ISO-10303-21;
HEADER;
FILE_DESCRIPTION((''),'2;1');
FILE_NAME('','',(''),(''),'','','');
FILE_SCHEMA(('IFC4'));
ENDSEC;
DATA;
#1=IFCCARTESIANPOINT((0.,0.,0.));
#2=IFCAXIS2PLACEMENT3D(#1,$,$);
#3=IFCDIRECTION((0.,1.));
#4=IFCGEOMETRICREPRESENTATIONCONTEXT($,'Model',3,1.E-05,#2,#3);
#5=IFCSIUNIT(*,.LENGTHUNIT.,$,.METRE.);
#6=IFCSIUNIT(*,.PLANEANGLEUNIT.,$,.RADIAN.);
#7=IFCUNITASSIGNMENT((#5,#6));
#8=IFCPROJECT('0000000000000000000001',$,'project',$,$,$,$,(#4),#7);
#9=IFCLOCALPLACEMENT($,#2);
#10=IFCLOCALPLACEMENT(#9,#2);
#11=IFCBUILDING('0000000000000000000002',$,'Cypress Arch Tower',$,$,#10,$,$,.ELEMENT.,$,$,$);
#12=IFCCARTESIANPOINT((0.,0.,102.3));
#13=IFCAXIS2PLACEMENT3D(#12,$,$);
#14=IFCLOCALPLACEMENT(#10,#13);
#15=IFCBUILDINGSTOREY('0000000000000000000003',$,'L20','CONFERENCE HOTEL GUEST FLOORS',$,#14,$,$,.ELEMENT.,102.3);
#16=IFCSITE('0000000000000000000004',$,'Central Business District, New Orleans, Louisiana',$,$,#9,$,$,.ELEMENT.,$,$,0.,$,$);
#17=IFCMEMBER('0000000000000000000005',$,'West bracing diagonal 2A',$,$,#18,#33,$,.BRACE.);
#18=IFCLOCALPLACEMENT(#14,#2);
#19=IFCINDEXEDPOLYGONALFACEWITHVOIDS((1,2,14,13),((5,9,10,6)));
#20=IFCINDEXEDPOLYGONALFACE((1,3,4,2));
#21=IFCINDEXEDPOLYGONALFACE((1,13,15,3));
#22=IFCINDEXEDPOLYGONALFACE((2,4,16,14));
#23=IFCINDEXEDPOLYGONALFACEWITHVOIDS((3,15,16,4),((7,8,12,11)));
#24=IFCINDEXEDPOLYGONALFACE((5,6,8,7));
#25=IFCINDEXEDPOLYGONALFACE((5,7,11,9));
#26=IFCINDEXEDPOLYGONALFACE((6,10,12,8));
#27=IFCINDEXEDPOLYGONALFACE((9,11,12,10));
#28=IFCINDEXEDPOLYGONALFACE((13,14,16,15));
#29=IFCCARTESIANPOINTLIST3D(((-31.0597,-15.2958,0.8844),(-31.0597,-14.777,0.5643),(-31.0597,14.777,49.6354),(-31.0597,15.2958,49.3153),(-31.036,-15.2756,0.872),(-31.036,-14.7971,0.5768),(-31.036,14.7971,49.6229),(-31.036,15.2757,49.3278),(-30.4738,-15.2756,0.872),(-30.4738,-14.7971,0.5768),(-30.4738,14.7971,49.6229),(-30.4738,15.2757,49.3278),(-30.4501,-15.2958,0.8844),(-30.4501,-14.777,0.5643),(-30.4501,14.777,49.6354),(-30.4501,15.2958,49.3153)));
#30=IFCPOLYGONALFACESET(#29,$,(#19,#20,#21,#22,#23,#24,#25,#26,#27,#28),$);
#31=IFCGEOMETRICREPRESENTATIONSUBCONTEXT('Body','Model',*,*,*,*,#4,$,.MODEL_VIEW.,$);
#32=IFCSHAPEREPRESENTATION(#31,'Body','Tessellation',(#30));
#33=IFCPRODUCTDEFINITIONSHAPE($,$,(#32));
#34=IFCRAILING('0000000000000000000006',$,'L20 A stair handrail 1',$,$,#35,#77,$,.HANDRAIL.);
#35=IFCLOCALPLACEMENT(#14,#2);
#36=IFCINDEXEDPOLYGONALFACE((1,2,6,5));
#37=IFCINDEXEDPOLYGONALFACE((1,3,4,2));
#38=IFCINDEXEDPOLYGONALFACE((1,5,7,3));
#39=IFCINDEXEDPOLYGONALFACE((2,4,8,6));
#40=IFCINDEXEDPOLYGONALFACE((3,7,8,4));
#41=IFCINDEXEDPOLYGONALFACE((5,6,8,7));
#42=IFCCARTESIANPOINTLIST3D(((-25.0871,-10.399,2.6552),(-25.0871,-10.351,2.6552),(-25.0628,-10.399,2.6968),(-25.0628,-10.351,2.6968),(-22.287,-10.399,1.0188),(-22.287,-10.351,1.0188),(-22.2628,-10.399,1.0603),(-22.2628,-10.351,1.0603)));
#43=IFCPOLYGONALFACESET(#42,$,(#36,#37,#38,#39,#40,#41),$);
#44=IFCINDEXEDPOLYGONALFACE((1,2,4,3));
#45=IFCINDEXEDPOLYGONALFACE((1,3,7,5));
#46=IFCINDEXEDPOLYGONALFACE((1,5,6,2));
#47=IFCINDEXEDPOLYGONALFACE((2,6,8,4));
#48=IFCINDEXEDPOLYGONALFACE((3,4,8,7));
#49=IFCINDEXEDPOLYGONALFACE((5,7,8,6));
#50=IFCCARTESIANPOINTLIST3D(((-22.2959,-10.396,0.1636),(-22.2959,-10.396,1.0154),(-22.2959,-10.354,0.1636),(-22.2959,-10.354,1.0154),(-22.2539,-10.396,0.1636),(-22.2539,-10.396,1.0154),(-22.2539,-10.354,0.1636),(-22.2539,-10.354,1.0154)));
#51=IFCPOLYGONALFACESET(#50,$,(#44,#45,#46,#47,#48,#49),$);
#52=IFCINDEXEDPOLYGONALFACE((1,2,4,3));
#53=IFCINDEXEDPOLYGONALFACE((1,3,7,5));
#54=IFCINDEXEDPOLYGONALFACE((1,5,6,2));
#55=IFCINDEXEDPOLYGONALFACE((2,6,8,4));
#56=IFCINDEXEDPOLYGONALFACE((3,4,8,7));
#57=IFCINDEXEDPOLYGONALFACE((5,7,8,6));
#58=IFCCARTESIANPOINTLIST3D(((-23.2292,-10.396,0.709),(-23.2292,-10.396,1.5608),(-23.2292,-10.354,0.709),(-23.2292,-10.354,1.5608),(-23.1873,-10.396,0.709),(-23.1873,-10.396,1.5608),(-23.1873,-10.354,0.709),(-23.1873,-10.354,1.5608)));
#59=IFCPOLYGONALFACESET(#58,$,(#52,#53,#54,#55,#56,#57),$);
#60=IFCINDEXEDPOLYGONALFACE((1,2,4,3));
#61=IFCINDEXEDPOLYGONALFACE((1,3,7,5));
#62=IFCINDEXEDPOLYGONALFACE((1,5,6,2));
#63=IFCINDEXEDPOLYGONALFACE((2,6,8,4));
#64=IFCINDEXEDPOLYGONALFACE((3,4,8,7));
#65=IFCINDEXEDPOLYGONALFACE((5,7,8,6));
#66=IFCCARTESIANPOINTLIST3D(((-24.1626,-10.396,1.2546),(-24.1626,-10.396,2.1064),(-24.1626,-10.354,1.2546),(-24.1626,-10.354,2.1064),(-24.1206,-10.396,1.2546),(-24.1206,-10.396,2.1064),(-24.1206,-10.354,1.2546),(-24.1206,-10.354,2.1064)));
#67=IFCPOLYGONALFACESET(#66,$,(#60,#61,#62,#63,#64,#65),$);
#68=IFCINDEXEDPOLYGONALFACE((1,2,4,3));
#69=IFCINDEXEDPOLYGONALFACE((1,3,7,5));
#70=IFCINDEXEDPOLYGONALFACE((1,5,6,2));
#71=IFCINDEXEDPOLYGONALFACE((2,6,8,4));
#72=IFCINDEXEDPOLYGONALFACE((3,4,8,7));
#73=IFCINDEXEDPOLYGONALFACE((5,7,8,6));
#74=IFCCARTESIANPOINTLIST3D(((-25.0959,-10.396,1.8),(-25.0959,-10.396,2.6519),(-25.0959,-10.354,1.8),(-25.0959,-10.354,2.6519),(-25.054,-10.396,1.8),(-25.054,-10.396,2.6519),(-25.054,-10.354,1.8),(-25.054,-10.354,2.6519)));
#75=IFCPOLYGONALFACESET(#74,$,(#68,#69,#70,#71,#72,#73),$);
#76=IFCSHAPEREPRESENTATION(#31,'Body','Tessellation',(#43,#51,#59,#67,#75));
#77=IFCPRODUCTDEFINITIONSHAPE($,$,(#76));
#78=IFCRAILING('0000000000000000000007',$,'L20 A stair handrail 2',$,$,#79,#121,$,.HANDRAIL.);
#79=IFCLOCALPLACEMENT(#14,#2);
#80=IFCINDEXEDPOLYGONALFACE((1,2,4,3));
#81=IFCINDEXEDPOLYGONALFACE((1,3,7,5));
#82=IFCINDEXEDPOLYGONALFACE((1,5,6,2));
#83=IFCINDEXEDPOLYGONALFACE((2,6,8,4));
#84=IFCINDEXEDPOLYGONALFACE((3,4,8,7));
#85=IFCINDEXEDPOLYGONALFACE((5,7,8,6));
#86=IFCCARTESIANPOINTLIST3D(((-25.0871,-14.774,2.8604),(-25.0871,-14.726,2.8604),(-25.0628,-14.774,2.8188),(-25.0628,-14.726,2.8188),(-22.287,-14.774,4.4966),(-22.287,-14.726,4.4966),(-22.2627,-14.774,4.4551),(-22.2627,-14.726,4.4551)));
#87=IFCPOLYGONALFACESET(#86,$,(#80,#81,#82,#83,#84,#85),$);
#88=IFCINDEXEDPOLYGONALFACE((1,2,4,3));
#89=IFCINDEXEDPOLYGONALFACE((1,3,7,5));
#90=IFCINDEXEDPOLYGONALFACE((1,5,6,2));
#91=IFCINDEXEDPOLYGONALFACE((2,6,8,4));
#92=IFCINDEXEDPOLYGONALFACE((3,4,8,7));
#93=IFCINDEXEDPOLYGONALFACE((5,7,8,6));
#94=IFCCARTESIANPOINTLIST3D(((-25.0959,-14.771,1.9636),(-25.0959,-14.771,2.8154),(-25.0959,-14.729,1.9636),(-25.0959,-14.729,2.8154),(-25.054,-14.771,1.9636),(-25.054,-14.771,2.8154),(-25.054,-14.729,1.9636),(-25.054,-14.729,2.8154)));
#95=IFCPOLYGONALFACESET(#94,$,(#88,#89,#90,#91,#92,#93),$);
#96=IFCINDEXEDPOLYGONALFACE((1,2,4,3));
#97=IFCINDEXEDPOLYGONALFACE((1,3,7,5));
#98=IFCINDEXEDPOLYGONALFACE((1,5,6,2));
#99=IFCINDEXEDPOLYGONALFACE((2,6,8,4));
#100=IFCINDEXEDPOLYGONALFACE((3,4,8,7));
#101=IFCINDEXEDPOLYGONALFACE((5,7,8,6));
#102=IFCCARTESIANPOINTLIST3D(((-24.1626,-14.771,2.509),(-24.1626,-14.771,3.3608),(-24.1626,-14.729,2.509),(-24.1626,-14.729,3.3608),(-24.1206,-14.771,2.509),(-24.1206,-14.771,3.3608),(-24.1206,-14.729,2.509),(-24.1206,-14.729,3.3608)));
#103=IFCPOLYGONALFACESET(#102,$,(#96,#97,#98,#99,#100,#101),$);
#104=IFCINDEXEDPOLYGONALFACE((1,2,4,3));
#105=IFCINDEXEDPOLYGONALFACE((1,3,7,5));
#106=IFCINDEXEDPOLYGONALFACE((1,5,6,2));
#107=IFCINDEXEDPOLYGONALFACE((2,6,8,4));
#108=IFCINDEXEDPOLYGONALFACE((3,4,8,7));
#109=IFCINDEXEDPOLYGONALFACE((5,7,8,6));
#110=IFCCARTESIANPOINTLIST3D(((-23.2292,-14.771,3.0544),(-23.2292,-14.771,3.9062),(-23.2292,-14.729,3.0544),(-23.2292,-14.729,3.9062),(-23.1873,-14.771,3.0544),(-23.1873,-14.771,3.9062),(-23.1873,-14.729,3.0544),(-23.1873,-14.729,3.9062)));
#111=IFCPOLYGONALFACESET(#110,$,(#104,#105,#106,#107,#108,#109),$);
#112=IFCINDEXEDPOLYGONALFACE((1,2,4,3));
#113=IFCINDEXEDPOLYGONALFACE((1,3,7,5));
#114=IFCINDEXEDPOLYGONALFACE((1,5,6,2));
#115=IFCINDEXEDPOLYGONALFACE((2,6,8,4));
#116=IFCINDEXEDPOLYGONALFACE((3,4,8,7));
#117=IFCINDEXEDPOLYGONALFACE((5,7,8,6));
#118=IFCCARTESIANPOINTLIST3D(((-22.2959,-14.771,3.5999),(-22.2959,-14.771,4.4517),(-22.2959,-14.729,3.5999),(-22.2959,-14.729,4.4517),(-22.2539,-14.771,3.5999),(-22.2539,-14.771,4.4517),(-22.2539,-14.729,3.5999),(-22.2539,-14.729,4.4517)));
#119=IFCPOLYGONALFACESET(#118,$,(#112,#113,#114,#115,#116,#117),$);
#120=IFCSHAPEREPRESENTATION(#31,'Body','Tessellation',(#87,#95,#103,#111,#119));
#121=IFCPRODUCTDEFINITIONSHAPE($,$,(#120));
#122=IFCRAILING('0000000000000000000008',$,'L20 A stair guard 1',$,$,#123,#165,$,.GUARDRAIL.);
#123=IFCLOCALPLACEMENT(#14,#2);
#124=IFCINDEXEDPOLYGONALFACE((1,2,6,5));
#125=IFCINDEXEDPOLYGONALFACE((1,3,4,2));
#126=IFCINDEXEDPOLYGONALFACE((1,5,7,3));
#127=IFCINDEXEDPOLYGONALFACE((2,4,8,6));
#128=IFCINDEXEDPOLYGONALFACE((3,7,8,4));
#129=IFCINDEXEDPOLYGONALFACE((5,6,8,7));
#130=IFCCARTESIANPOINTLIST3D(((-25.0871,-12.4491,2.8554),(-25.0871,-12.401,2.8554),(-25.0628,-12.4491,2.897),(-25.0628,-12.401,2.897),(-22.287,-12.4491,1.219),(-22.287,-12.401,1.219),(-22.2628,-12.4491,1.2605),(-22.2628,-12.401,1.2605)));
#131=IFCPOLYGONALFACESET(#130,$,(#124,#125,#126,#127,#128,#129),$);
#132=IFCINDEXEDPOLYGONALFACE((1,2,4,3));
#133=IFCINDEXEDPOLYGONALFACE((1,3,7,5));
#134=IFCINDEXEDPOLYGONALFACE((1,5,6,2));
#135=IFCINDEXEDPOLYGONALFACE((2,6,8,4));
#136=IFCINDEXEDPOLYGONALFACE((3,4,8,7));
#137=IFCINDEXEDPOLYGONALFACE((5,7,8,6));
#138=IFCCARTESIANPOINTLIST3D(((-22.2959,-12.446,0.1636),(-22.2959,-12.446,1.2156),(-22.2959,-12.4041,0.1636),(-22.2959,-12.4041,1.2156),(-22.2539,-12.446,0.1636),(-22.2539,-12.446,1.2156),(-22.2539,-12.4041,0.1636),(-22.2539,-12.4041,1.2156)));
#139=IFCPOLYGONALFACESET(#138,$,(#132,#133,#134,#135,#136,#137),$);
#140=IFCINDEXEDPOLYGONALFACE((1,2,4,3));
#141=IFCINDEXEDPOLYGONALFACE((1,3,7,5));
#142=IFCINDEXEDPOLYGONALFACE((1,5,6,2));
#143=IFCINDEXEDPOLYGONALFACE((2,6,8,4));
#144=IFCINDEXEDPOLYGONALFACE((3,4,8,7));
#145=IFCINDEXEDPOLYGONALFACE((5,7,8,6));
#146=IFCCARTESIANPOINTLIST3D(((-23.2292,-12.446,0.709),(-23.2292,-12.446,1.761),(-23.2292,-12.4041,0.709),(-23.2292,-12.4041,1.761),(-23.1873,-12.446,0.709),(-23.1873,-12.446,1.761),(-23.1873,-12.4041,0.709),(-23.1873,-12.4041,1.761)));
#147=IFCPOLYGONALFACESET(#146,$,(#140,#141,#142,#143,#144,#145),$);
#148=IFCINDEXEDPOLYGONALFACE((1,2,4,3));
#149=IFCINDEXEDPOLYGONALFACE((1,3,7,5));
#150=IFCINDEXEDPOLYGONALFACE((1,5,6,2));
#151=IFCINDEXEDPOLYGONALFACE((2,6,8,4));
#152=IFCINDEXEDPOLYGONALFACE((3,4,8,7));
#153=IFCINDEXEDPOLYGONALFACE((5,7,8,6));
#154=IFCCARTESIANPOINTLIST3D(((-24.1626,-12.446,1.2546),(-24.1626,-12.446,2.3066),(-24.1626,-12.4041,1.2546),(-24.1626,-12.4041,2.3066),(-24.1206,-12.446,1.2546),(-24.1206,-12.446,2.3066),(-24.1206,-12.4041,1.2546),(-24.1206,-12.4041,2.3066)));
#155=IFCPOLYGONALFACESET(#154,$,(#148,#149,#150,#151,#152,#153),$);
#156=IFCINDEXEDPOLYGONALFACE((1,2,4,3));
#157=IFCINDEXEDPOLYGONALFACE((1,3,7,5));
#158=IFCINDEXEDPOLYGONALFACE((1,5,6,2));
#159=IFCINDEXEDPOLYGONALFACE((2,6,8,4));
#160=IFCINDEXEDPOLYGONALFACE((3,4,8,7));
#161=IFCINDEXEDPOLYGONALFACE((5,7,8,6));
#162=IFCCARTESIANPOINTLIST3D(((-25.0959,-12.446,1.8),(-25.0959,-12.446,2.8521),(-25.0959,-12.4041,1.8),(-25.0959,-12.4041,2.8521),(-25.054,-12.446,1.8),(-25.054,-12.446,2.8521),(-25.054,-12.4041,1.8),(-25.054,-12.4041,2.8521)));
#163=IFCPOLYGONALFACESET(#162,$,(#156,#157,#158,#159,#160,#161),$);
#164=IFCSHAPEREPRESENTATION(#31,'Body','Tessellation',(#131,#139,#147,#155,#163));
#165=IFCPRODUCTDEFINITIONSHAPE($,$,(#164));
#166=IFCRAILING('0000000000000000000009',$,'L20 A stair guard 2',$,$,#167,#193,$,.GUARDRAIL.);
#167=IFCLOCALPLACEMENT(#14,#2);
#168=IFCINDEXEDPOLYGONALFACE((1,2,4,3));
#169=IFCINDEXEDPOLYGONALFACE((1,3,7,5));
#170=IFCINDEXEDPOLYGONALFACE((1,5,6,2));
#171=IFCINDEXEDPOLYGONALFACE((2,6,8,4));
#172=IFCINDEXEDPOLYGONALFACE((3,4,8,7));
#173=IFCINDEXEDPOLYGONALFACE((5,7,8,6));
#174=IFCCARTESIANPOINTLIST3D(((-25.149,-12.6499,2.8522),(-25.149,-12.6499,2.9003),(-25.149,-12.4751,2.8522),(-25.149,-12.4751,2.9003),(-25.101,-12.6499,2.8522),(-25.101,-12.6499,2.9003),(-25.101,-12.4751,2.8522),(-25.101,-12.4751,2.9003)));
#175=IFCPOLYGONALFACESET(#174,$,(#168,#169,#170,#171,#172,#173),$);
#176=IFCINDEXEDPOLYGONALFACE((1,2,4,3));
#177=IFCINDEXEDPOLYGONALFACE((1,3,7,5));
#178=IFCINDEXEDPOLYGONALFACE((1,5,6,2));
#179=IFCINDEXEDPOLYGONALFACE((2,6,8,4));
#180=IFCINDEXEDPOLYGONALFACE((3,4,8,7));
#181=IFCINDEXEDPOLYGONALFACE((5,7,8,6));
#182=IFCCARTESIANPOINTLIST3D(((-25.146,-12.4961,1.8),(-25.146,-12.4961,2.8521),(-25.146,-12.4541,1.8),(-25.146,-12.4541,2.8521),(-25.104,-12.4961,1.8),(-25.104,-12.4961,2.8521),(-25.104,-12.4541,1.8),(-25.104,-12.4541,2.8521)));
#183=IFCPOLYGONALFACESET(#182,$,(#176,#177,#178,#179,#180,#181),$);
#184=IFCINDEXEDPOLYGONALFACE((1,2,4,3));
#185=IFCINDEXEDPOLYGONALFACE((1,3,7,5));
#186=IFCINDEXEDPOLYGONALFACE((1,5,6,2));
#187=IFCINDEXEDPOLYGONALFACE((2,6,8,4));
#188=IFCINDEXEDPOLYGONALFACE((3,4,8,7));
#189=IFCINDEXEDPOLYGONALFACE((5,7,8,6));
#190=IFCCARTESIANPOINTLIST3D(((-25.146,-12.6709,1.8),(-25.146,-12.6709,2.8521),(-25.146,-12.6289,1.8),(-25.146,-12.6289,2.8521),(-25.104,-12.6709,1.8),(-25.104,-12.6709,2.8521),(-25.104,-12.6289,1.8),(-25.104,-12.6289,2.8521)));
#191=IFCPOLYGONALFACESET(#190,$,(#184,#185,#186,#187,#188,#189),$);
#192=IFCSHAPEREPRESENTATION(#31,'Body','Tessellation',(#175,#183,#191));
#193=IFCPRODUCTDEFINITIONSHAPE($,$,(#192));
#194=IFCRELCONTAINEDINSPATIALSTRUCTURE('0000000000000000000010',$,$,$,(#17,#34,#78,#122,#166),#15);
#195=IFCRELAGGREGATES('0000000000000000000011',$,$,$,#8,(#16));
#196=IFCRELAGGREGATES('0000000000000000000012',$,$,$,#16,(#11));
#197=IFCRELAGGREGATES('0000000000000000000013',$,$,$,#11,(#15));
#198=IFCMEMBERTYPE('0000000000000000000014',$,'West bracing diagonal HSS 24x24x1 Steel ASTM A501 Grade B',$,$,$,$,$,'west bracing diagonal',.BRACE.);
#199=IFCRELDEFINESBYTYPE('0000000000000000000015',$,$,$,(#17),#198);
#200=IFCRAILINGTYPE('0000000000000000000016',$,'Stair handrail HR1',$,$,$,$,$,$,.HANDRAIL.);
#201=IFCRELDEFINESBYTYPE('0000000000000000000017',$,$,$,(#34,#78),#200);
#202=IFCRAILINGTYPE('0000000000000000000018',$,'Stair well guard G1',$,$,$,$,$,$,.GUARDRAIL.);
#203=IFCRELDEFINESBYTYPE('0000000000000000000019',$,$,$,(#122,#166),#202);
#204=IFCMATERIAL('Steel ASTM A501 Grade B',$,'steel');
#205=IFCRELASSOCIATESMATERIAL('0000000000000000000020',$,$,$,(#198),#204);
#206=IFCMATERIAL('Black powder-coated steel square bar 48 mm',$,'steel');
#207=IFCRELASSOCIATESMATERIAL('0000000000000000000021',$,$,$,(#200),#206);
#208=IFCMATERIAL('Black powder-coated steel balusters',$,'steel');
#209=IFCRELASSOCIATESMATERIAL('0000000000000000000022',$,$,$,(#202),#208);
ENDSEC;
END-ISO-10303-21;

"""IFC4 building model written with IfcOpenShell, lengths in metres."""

from ifc_helpers import new_model, si_unit, direction, frame, origin, origin_2d, place, context, subcontext, project, spatial, rectangle, hollow_rectangle, extrude, material, material_profile, profile_set, type_object, element, save


model = new_model("IFC4")

# Units and contexts
model_context = context("Model", 3, precision=1e-05, world=origin(), true_north=direction((0.0, 1.0)))
body_context = subcontext(model_context, "Body", "Model", "MODEL_VIEW")
ifc_project = project(units=[si_unit("LENGTHUNIT", "METRE"), si_unit("PLANEANGLEUNIT", "RADIAN")], contexts=[model_context])

# Site, building, storey
site_placement = place(None, origin())
site = spatial("IfcSite", under=ifc_project, at=site_placement, Name="Central Business District, New Orleans, Louisiana", CompositionType="ELEMENT", RefElevation=0.0)
building_placement = place(site_placement, origin())
building = spatial("IfcBuilding", under=site, at=building_placement, Name="Cypress Arch Tower", CompositionType="ELEMENT")
storey_placement = place(building_placement, frame((0.0, 0.0, 102.3)))
storey = spatial("IfcBuildingStorey", under=building, at=storey_placement, Name="L20", Description="CONFERENCE HOTEL GUEST FLOORS", CompositionType="ELEMENT", Elevation=102.3)

# Member
ifc_material_1 = material(Name="Steel ASTM A501 Grade B", Category="steel")
ifc_material_profile_1 = material_profile(ifc_material_1, hollow_rectangle(XDim=0.6096, YDim=0.6096, WallThickness=0.0237, at=origin_2d()), Name="HSS 24x24x1")
ifc_profile_set_1 = profile_set([ifc_material_profile_1], Name="Steel ASTM A501 Grade B")
member_type = type_object("IfcMemberType", Name="West bracing diagonal HSS 24x24x1 Steel ASTM A501 Grade B", ElementType="west bracing diagonal", PredefinedType="BRACE", material=ifc_profile_set_1)
member_placement = place(storey_placement, frame((-30.7549, -15.0364, 0.7244), z_axis=(0.0, 0.525011, 0.851096), x_axis=(-1.0, 0.0, 0.0)))
element("IfcMember", 1, at=member_placement, inside=storey, type_object=member_type, Name="West bracing diagonal 2A", PredefinedType="BRACE", context=body_context, shape_type="SweptSolid", body=[
    extrude(hollow_rectangle(XDim=0.6096, YDim=0.6096, WallThickness=0.0237, at=origin_2d()), origin(), (0.0, 0.0, 1.0), 57.2803),
])

# Railings
ifc_material_2 = material(Name="Black powder-coated steel square bar 48 mm", Category="steel")
railing_type_1 = type_object("IfcRailingType", Name="Stair handrail HR1", PredefinedType="HANDRAIL", material=ifc_material_2)
railing_1_placement = place(storey_placement, frame((-22.2749, -10.375, 0.1636)))
element("IfcRailing", 2, at=railing_1_placement, inside=storey, type_object=railing_type_1, Name="L20 A stair handrail 1", PredefinedType="HANDRAIL", context=body_context, shape_type="SweptSolid", body=[
    extrude(rectangle(XDim=0.0481, YDim=0.0481, at=origin_2d()), frame((0.0, 0.0, 0.876), z_axis=(-0.863361, 0.0, 0.504587), x_axis=(0.0, -1.0, 0.0)), (0.0, 0.0, 1.0), 3.2432),
    extrude(rectangle(XDim=0.042, YDim=0.042, at=origin_2d()), origin(), (0.0, 0.0, 1.0), 0.8518),
    extrude(rectangle(XDim=0.042, YDim=0.042, at=origin_2d()), frame((-0.9333, 0.0, 0.5454)), (0.0, 0.0, 1.0), 0.8518),
    extrude(rectangle(XDim=0.042, YDim=0.042, at=origin_2d()), frame((-1.8667, 0.0, 1.0911)), (0.0, 0.0, 1.0), 0.8518),
    extrude(rectangle(XDim=0.042, YDim=0.042, at=origin_2d()), frame((-2.8, 0.0, 1.6365)), (0.0, 0.0, 1.0), 0.8518),
])
railing_2_placement = place(storey_placement, frame((-25.075, -14.75, 1.9636)))
element("IfcRailing", 3, at=railing_2_placement, inside=storey, type_object=railing_type_1, Name="L20 A stair handrail 2", PredefinedType="HANDRAIL", context=body_context, shape_type="SweptSolid", body=[
    extrude(rectangle(XDim=0.0481, YDim=0.0481, at=origin_2d()), frame((0.0, 0.0, 0.876), z_axis=(0.863394, 0.0, 0.504531), x_axis=(0.0, 1.0, 0.0)), (0.0, 0.0, 1.0), 3.2432),
    extrude(rectangle(XDim=0.042, YDim=0.042, at=origin_2d()), origin(), (0.0, 0.0, 1.0), 0.8518),
    extrude(rectangle(XDim=0.042, YDim=0.042, at=origin_2d()), frame((0.9333, 0.0, 0.5454)), (0.0, 0.0, 1.0), 0.8518),
    extrude(rectangle(XDim=0.042, YDim=0.042, at=origin_2d()), frame((1.8667, 0.0, 1.0908)), (0.0, 0.0, 1.0), 0.8518),
    extrude(rectangle(XDim=0.042, YDim=0.042, at=origin_2d()), frame((2.8, 0.0, 1.6362)), (0.0, 0.0, 1.0), 0.8518),
])
ifc_material_3 = material(Name="Black powder-coated steel balusters", Category="steel")
railing_type_2 = type_object("IfcRailingType", Name="Stair well guard G1", PredefinedType="GUARDRAIL", material=ifc_material_3)
railing_3_placement = place(storey_placement, frame((-22.2749, -12.425, 0.1636)))
element("IfcRailing", 4, at=railing_3_placement, inside=storey, type_object=railing_type_2, Name="L20 A stair guard 1", PredefinedType="GUARDRAIL", context=body_context, shape_type="SweptSolid", body=[
    extrude(rectangle(XDim=0.0481, YDim=0.0481, at=origin_2d()), frame((0.0, 0.0, 1.0762), z_axis=(-0.863361, 0.0, 0.504587), x_axis=(0.0, -1.0, 0.0)), (0.0, 0.0, 1.0), 3.2432),
    extrude(rectangle(XDim=0.042, YDim=0.042, at=origin_2d()), origin(), (0.0, 0.0, 1.0), 1.052),
    extrude(rectangle(XDim=0.042, YDim=0.042, at=origin_2d()), frame((-0.9333, 0.0, 0.5454)), (0.0, 0.0, 1.0), 1.052),
    extrude(rectangle(XDim=0.042, YDim=0.042, at=origin_2d()), frame((-1.8667, 0.0, 1.0911)), (0.0, 0.0, 1.0), 1.052),
    extrude(rectangle(XDim=0.042, YDim=0.042, at=origin_2d()), frame((-2.8, 0.0, 1.6365)), (0.0, 0.0, 1.0), 1.052),
])
railing_4_placement = place(storey_placement, frame((-25.125, -12.4751, 1.8)))
element("IfcRailing", 5, at=railing_4_placement, inside=storey, type_object=railing_type_2, Name="L20 A stair guard 2", PredefinedType="GUARDRAIL", context=body_context, shape_type="SweptSolid", body=[
    extrude(rectangle(XDim=0.0481, YDim=0.0481, at=origin_2d()), frame((0.0, 0.0, 1.0762), z_axis=(0.0, -1.0, 0.0), x_axis=(1.0, 0.0, 0.0)), (0.0, 0.0, 1.0), 0.1748),
    extrude(rectangle(XDim=0.042, YDim=0.042, at=origin_2d()), origin(), (0.0, 0.0, 1.0), 1.052),
    extrude(rectangle(XDim=0.042, YDim=0.042, at=origin_2d()), frame((0.0, -0.1748, 0.0)), (0.0, 0.0, 1.0), 1.052),
])

save(model, "model.ifc")
